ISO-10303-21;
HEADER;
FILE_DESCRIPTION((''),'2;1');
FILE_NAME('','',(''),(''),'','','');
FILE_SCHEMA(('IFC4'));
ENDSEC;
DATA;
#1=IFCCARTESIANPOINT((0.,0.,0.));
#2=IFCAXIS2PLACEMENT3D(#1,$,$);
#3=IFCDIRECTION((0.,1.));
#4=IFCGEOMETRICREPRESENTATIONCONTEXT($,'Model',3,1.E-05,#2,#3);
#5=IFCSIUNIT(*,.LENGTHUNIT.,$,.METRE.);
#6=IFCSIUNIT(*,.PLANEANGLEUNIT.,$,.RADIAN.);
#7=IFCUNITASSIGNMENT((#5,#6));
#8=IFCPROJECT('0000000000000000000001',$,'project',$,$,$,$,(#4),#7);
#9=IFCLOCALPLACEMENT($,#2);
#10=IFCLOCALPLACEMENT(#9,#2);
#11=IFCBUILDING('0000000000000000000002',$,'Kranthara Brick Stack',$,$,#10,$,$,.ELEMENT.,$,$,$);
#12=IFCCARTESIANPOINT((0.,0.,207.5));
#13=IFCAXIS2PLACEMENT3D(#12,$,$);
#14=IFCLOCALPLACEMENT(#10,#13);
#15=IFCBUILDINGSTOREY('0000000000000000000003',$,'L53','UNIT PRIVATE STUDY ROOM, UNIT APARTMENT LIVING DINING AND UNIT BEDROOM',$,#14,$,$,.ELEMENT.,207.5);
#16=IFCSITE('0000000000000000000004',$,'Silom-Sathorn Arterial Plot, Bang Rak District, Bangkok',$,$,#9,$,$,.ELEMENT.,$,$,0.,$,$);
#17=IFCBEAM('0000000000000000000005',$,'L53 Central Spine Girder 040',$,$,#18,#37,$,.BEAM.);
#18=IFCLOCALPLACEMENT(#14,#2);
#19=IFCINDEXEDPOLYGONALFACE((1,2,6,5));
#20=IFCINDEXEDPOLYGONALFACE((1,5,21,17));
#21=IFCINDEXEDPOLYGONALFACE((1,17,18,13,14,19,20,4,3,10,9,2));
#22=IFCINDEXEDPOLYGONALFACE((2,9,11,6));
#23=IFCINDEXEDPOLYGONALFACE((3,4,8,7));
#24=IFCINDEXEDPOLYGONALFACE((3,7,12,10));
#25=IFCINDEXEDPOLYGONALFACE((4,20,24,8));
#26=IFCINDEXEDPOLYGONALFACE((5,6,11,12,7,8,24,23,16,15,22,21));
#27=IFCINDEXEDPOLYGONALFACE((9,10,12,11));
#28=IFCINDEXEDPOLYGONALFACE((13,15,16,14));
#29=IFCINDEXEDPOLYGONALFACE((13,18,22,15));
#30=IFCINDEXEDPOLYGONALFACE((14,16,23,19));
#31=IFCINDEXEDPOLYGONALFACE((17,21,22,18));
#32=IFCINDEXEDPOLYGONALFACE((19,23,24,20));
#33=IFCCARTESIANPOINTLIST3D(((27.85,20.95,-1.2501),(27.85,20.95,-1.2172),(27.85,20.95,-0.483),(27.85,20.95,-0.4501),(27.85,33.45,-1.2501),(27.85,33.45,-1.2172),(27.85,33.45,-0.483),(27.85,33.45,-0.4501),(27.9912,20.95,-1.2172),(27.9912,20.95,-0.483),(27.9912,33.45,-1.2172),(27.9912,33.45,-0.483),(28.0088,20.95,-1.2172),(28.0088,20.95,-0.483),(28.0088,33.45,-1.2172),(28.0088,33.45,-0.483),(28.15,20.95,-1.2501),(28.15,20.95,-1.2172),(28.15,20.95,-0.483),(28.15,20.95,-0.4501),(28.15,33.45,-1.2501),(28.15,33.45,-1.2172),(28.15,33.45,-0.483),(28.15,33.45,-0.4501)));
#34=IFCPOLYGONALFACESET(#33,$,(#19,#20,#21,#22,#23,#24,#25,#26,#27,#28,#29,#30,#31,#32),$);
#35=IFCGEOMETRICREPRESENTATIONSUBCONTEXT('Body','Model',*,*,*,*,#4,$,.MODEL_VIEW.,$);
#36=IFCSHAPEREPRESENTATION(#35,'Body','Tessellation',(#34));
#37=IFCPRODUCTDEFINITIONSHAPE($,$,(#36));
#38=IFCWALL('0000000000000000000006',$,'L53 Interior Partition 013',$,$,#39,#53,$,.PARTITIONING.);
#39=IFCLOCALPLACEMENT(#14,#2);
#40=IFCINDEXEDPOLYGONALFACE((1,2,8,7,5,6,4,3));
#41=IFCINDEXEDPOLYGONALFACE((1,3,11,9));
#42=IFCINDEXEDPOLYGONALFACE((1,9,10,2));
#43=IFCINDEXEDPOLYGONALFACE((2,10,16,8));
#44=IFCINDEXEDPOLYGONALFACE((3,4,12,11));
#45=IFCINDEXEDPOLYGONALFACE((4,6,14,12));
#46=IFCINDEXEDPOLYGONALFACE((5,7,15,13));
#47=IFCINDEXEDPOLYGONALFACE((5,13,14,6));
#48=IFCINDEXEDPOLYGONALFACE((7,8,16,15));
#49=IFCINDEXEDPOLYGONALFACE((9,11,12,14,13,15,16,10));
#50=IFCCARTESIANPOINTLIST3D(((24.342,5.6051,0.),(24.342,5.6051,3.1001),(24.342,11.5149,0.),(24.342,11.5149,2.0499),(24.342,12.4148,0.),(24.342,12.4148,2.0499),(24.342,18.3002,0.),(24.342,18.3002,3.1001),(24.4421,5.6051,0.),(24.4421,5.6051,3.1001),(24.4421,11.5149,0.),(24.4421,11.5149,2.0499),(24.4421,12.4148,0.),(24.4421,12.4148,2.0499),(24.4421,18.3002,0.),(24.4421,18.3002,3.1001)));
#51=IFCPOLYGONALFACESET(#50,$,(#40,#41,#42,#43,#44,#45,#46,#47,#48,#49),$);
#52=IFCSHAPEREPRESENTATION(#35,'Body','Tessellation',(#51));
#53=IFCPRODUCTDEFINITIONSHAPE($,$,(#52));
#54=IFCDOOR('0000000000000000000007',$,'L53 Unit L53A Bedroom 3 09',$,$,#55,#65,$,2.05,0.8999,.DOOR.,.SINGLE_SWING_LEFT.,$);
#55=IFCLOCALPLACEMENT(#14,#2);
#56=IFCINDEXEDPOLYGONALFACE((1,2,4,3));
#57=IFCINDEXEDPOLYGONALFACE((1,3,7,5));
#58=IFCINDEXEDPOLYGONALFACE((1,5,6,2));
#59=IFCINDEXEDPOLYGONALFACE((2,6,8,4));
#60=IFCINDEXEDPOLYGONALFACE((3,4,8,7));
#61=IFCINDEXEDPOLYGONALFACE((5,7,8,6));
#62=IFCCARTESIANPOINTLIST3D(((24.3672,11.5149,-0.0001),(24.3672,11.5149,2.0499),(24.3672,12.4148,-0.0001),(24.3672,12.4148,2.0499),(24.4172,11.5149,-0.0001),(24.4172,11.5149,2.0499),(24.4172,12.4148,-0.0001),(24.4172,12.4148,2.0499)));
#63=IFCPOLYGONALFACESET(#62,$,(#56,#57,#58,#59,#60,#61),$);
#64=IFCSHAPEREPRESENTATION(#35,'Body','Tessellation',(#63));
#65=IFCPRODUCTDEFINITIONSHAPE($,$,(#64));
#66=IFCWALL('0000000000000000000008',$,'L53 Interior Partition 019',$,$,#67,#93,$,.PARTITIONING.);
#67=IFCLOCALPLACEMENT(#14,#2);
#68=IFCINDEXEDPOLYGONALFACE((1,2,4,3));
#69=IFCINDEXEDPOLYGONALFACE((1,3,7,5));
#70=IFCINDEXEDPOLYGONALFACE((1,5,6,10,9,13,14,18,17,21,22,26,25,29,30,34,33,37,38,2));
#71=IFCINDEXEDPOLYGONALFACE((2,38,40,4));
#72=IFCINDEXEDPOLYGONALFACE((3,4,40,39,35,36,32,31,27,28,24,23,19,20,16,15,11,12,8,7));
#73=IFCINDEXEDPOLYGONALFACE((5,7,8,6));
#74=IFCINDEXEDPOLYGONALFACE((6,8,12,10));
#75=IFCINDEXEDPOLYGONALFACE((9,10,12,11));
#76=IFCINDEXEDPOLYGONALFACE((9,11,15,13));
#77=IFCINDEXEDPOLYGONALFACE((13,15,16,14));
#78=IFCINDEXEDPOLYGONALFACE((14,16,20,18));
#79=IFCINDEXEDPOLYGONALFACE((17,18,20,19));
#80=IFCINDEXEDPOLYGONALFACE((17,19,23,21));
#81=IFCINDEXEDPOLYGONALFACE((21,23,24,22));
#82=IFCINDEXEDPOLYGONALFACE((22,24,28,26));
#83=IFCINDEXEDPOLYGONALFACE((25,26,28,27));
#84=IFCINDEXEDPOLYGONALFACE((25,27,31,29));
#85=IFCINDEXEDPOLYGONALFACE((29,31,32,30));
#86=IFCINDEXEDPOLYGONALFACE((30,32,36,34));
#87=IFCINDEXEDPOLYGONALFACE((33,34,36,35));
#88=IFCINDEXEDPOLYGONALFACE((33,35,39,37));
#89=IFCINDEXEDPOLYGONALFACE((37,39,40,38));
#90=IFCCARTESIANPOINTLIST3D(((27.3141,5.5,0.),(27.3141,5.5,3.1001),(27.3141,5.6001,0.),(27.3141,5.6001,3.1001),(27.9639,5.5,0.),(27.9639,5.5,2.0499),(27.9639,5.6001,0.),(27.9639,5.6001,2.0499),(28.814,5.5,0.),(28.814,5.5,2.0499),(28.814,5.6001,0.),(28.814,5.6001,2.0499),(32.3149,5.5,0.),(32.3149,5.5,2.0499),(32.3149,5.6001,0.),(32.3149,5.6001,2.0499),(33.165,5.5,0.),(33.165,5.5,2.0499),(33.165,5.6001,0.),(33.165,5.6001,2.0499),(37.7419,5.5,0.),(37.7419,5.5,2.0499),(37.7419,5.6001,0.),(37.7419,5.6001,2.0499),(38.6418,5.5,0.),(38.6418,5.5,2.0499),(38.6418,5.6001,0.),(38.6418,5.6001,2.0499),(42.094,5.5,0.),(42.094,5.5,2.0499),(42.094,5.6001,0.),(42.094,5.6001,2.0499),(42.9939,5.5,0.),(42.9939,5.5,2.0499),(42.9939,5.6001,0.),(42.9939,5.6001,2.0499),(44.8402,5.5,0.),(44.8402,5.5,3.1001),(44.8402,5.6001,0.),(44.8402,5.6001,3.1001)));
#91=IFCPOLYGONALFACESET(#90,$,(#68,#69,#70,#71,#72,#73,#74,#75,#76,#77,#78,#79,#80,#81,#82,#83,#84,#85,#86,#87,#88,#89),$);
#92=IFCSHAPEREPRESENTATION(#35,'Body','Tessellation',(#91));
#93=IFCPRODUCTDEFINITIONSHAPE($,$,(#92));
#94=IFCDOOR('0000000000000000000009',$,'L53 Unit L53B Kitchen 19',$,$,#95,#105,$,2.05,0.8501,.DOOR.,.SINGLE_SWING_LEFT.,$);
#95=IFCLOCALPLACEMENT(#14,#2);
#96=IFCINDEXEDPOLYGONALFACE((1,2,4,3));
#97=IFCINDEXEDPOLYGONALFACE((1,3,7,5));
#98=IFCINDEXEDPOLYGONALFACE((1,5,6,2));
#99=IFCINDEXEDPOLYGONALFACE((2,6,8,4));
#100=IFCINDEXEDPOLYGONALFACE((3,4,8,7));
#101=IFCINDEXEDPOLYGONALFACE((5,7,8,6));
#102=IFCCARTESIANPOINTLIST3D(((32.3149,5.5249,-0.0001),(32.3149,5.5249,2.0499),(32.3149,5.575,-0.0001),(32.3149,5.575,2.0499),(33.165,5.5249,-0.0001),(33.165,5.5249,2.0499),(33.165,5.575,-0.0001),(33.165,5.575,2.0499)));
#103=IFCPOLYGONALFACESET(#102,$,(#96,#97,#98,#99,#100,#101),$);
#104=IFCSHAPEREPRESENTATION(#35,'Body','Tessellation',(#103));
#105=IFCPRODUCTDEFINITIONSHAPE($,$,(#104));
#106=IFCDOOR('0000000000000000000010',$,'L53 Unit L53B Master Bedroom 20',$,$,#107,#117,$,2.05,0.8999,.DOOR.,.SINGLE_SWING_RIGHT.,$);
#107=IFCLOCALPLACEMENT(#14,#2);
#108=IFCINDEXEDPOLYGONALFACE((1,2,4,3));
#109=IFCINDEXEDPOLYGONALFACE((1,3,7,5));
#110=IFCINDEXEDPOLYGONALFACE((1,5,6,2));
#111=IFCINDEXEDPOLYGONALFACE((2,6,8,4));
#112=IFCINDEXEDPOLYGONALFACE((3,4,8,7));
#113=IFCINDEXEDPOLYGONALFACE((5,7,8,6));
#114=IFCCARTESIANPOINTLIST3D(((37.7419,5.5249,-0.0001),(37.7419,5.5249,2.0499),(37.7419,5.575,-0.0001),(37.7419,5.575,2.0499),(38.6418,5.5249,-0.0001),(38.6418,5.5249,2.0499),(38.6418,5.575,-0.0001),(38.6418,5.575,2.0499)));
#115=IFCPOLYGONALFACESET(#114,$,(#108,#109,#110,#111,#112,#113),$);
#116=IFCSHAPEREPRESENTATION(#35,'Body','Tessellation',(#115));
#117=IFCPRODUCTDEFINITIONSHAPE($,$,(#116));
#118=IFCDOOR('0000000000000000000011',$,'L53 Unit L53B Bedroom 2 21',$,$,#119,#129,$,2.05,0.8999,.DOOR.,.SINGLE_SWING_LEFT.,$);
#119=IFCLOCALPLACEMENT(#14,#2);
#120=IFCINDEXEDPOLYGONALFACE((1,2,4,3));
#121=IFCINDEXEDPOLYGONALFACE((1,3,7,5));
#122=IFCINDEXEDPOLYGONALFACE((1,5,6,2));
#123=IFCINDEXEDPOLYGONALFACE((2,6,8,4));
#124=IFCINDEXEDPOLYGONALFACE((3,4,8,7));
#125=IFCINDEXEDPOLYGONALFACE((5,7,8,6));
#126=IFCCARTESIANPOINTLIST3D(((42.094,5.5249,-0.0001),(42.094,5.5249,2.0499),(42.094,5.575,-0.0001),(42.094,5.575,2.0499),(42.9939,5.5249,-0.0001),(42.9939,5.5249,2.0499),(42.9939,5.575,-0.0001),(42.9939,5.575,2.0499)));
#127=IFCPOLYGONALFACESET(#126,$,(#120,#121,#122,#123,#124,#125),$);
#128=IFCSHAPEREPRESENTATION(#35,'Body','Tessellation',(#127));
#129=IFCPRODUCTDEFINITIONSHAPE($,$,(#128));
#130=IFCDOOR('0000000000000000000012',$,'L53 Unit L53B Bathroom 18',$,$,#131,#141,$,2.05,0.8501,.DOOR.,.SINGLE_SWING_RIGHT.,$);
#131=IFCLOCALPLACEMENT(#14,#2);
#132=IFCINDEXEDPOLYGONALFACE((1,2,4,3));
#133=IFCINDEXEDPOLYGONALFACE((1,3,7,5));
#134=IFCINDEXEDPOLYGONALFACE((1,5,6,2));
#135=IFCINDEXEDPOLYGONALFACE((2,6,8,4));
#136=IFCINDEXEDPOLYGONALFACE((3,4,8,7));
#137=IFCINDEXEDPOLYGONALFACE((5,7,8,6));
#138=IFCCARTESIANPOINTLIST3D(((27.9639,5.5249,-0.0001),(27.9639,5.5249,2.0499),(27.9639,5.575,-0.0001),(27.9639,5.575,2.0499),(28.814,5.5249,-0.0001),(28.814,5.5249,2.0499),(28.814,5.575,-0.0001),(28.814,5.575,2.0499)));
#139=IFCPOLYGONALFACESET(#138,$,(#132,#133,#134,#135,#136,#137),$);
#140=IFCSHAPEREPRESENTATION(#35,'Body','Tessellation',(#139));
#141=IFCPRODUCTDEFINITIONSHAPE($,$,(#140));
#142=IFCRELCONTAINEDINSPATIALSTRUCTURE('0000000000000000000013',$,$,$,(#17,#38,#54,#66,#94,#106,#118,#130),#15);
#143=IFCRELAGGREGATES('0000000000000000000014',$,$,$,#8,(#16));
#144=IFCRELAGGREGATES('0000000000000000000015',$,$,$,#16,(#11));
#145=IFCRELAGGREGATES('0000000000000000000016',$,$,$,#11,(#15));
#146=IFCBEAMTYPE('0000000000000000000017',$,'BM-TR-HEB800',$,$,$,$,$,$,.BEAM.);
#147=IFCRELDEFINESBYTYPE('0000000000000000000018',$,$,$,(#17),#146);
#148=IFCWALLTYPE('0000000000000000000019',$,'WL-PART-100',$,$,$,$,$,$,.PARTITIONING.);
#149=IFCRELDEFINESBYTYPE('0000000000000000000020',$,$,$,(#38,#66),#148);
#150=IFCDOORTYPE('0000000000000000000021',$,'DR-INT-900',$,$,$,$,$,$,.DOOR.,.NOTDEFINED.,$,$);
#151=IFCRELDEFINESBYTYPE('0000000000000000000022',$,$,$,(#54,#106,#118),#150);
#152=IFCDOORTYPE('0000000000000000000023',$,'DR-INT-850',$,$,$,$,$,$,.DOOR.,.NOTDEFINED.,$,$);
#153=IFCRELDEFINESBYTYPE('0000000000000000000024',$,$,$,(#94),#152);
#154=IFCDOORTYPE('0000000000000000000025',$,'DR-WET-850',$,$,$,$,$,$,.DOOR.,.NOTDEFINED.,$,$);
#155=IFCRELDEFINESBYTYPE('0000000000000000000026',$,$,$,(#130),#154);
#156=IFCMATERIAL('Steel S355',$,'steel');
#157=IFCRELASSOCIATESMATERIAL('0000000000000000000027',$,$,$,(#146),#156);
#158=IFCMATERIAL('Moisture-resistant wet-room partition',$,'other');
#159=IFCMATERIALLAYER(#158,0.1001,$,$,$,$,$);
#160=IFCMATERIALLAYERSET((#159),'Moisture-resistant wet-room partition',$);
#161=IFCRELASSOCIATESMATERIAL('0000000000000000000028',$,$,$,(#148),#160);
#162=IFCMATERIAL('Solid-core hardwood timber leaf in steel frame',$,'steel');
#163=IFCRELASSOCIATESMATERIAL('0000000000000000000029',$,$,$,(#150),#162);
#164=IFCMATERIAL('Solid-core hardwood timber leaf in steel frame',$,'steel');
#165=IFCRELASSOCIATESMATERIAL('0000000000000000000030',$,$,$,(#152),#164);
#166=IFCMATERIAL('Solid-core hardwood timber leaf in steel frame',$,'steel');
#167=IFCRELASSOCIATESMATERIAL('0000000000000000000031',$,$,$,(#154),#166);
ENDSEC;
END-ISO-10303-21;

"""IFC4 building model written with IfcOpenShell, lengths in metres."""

from ifc_helpers import new_model, si_unit, direction, frame, frame_2d, origin, origin_2d, place, context, subcontext, project, spatial, rectangle, i_section, extrude, material, layer, layer_set, material_profile, profile_set, type_object, element, fill, save


model = new_model("IFC4")

# Units and contexts
model_context = context("Model", 3, precision=1e-05, world=origin(), true_north=direction((0.0, 1.0)))
body_context = subcontext(model_context, "Body", "Model", "MODEL_VIEW")
ifc_project = project(units=[si_unit("LENGTHUNIT", "METRE"), si_unit("PLANEANGLEUNIT", "RADIAN")], contexts=[model_context])

# Site, building, storey
site_placement = place(None, origin())
site = spatial("IfcSite", under=ifc_project, at=site_placement, Name="Silom-Sathorn Arterial Plot, Bang Rak District, Bangkok", CompositionType="ELEMENT", RefElevation=0.0)
building_placement = place(site_placement, origin())
building = spatial("IfcBuilding", under=site, at=building_placement, Name="Kranthara Brick Stack", CompositionType="ELEMENT")
storey_placement = place(building_placement, frame((0.0, 0.0, 207.5)))
storey = spatial("IfcBuildingStorey", under=building, at=storey_placement, Name="L53", Description="UNIT PRIVATE STUDY ROOM, UNIT APARTMENT LIVING DINING AND UNIT BEDROOM", CompositionType="ELEMENT", Elevation=207.5)

# Beam
ifc_material_1 = material(Name="Steel S355", Category="steel")
ifc_material_profile_1 = material_profile(ifc_material_1, i_section(OverallWidth=0.3, OverallDepth=0.8, WebThickness=0.0176, FlangeThickness=0.033, at=origin_2d()), Name="HEB 800")
ifc_profile_set_1 = profile_set([ifc_material_profile_1], Name="Steel S355")
beam_type_1 = type_object("IfcBeamType", Name="BM-TR-HEB800", PredefinedType="BEAM", material=ifc_profile_set_1)
beam_1_placement = place(storey_placement, frame((28.0, 20.95, -0.8501), z_axis=(0.0, 1.0, 0.0), x_axis=(-1.0, 0.0, 0.0)))
element("IfcBeam", 1, at=beam_1_placement, inside=storey, type_object=beam_type_1, Name="L53 Central Spine Girder 040", PredefinedType="BEAM", context=body_context, shape_type="SweptSolid", body=[
    extrude(i_section(OverallWidth=0.3, OverallDepth=0.8, WebThickness=0.0176, FlangeThickness=0.033, at=origin_2d()), origin(), (0.0, 0.0, 1.0), 12.5),
])

# Wall, opening, door
ifc_material_2 = material(Name="Moisture-resistant wet-room partition", Category="other")
ifc_layer_1 = layer(ifc_material_2, 0.1001)
ifc_layer_set_1 = layer_set([ifc_layer_1], Name="Moisture-resistant wet-room partition")
wall_type_1 = type_object("IfcWallType", Name="WL-PART-100", PredefinedType="PARTITIONING", material=ifc_layer_set_1)
wall_1_placement = place(storey_placement, frame((24.3921, 5.605, 0.0), z_axis=(0.0, 0.0, 1.0), x_axis=(0.0, 1.0, 0.0)))
wall_1 = element("IfcWall", 2, at=wall_1_placement, inside=storey, type_object=wall_type_1, Name="L53 Interior Partition 013", PredefinedType="PARTITIONING", context=body_context, shape_type="SweptSolid", body=[
    extrude(rectangle(XDim=12.6951, YDim=0.1001, at=frame_2d((6.3477, 0.0))), origin(), (0.0, 0.0, 1.0), 3.1001),
])
opening_1_placement = place(wall_1_placement, frame((5.9099, 0.0, 0.0)))
opening_1 = element("IfcOpeningElement", 3, at=opening_1_placement, cuts=wall_1, PredefinedType="OPENING", context=body_context, shape_type="SweptSolid", body=[
    extrude(rectangle(XDim=0.8999, YDim=2.05, at=frame_2d((0.45, 1.0249))), frame((0.0, 0.0601, 0.0), z_axis=(0.0, -1.0, 0.0), x_axis=(1.0, 0.0, 0.0)), (0.0, 0.0, 1.0), 0.1201),
])
ifc_material_3 = material(Name="Solid-core hardwood timber leaf in steel frame", Category="steel")
door_type_1 = type_object("IfcDoorType", Name="DR-INT-900", OperationType="NOTDEFINED", PredefinedType="DOOR", material=ifc_material_3)
door_1_placement = place(opening_1_placement, origin())
door_1 = element("IfcDoor", 4, at=door_1_placement, inside=storey, type_object=door_type_1, Name="L53 Unit L53A Bedroom 3 09", OperationType="SINGLE_SWING_LEFT", OverallHeight=2.05, OverallWidth=0.8999, PredefinedType="DOOR", context=body_context, shape_type="SweptSolid", body=[
    extrude(rectangle(XDim=0.8999, YDim=2.05, at=frame_2d((0.45, 1.0249))), frame((0.0, 0.0249, 0.0), z_axis=(0.0, -1.0, 0.0), x_axis=(1.0, 0.0, 0.0)), (0.0, 0.0, 1.0), 0.05),
])
fill(opening_1, door_1)

# Wall, openings, doors
wall_2_placement = place(storey_placement, frame((27.314, 5.55, 0.0), z_axis=(0.0, 0.0, 1.0), x_axis=(1.0, 0.0, 0.0)))
wall_2 = element("IfcWall", 5, at=wall_2_placement, inside=storey, type_object=wall_type_1, Name="L53 Interior Partition 019", PredefinedType="PARTITIONING", context=body_context, shape_type="SweptSolid", body=[
    extrude(rectangle(XDim=17.5261, YDim=0.1001, at=frame_2d((8.7632, 0.0))), origin(), (0.0, 0.0, 1.0), 3.1001),
])
opening_2_placement = place(wall_2_placement, frame((0.6499, 0.0, 0.0)))
opening_2 = element("IfcOpeningElement", 6, at=opening_2_placement, cuts=wall_2, PredefinedType="OPENING", context=body_context, shape_type="SweptSolid", body=[
    extrude(rectangle(XDim=0.8501, YDim=2.05, at=frame_2d((0.425, 1.0249))), frame((0.0, 0.0601, 0.0), z_axis=(0.0, -1.0, 0.0), x_axis=(1.0, 0.0, 0.0)), (0.0, 0.0, 1.0), 0.1201),
])
opening_3_placement = place(wall_2_placement, frame((5.001, 0.0, 0.0)))
opening_3 = element("IfcOpeningElement", 7, at=opening_3_placement, cuts=wall_2, PredefinedType="OPENING", context=body_context, shape_type="SweptSolid", body=[
    extrude(rectangle(XDim=0.8501, YDim=2.05, at=frame_2d((0.425, 1.0249))), frame((0.0, 0.0601, 0.0), z_axis=(0.0, -1.0, 0.0), x_axis=(1.0, 0.0, 0.0)), (0.0, 0.0, 1.0), 0.1201),
])
opening_4_placement = place(wall_2_placement, frame((10.428, 0.0, 0.0)))
opening_4 = element("IfcOpeningElement", 8, at=opening_4_placement, cuts=wall_2, PredefinedType="OPENING", context=body_context, shape_type="SweptSolid", body=[
    extrude(rectangle(XDim=0.8999, YDim=2.05, at=frame_2d((0.45, 1.0249))), frame((0.0, 0.0601, 0.0), z_axis=(0.0, -1.0, 0.0), x_axis=(1.0, 0.0, 0.0)), (0.0, 0.0, 1.0), 0.1201),
])
opening_5_placement = place(wall_2_placement, frame((14.78, 0.0, 0.0)))
opening_5 = element("IfcOpeningElement", 9, at=opening_5_placement, cuts=wall_2, PredefinedType="OPENING", context=body_context, shape_type="SweptSolid", body=[
    extrude(rectangle(XDim=0.8999, YDim=2.05, at=frame_2d((0.45, 1.0249))), frame((0.0, 0.0601, 0.0), z_axis=(0.0, -1.0, 0.0), x_axis=(1.0, 0.0, 0.0)), (0.0, 0.0, 1.0), 0.1201),
])
ifc_material_4 = material(Name="Solid-core hardwood timber leaf in steel frame", Category="steel")
door_type_2 = type_object("IfcDoorType", Name="DR-INT-850", OperationType="NOTDEFINED", PredefinedType="DOOR", material=ifc_material_4)
door_2_placement = place(opening_3_placement, origin())
door_2 = element("IfcDoor", 10, at=door_2_placement, inside=storey, type_object=door_type_2, Name="L53 Unit L53B Kitchen 19", OperationType="SINGLE_SWING_LEFT", OverallHeight=2.05, OverallWidth=0.8501, PredefinedType="DOOR", context=body_context, shape_type="SweptSolid", body=[
    extrude(rectangle(XDim=0.8501, YDim=2.05, at=frame_2d((0.425, 1.0249))), frame((0.0, 0.0249, 0.0), z_axis=(0.0, -1.0, 0.0), x_axis=(1.0, 0.0, 0.0)), (0.0, 0.0, 1.0), 0.05),
])
fill(opening_3, door_2)
door_3_placement = place(opening_4_placement, origin())
door_3 = element("IfcDoor", 11, at=door_3_placement, inside=storey, type_object=door_type_1, Name="L53 Unit L53B Master Bedroom 20", OperationType="SINGLE_SWING_RIGHT", OverallHeight=2.05, OverallWidth=0.8999, PredefinedType="DOOR", context=body_context, shape_type="SweptSolid", body=[
    extrude(rectangle(XDim=0.8999, YDim=2.05, at=frame_2d((0.45, 1.0249))), frame((0.0, 0.0249, 0.0), z_axis=(0.0, -1.0, 0.0), x_axis=(1.0, 0.0, 0.0)), (0.0, 0.0, 1.0), 0.05),
])
fill(opening_4, door_3)
door_4_placement = place(opening_5_placement, origin())
door_4 = element("IfcDoor", 12, at=door_4_placement, inside=storey, type_object=door_type_1, Name="L53 Unit L53B Bedroom 2 21", OperationType="SINGLE_SWING_LEFT", OverallHeight=2.05, OverallWidth=0.8999, PredefinedType="DOOR", context=body_context, shape_type="SweptSolid", body=[
    extrude(rectangle(XDim=0.8999, YDim=2.05, at=frame_2d((0.45, 1.0249))), frame((0.0, 0.0249, 0.0), z_axis=(0.0, -1.0, 0.0), x_axis=(1.0, 0.0, 0.0)), (0.0, 0.0, 1.0), 0.05),
])
fill(opening_5, door_4)
ifc_material_5 = material(Name="Solid-core hardwood timber leaf in steel frame", Category="steel")
door_type_3 = type_object("IfcDoorType", Name="DR-WET-850", OperationType="NOTDEFINED", PredefinedType="DOOR", material=ifc_material_5)
door_5_placement = place(opening_2_placement, origin())
door_5 = element("IfcDoor", 13, at=door_5_placement, inside=storey, type_object=door_type_3, Name="L53 Unit L53B Bathroom 18", OperationType="SINGLE_SWING_RIGHT", OverallHeight=2.05, OverallWidth=0.8501, PredefinedType="DOOR", context=body_context, shape_type="SweptSolid", body=[
    extrude(rectangle(XDim=0.8501, YDim=2.05, at=frame_2d((0.425, 1.0249))), frame((0.0, 0.0249, 0.0), z_axis=(0.0, -1.0, 0.0), x_axis=(1.0, 0.0, 0.0)), (0.0, 0.0, 1.0), 0.05),
])
fill(opening_2, door_5)

save(model, "model.ifc")
